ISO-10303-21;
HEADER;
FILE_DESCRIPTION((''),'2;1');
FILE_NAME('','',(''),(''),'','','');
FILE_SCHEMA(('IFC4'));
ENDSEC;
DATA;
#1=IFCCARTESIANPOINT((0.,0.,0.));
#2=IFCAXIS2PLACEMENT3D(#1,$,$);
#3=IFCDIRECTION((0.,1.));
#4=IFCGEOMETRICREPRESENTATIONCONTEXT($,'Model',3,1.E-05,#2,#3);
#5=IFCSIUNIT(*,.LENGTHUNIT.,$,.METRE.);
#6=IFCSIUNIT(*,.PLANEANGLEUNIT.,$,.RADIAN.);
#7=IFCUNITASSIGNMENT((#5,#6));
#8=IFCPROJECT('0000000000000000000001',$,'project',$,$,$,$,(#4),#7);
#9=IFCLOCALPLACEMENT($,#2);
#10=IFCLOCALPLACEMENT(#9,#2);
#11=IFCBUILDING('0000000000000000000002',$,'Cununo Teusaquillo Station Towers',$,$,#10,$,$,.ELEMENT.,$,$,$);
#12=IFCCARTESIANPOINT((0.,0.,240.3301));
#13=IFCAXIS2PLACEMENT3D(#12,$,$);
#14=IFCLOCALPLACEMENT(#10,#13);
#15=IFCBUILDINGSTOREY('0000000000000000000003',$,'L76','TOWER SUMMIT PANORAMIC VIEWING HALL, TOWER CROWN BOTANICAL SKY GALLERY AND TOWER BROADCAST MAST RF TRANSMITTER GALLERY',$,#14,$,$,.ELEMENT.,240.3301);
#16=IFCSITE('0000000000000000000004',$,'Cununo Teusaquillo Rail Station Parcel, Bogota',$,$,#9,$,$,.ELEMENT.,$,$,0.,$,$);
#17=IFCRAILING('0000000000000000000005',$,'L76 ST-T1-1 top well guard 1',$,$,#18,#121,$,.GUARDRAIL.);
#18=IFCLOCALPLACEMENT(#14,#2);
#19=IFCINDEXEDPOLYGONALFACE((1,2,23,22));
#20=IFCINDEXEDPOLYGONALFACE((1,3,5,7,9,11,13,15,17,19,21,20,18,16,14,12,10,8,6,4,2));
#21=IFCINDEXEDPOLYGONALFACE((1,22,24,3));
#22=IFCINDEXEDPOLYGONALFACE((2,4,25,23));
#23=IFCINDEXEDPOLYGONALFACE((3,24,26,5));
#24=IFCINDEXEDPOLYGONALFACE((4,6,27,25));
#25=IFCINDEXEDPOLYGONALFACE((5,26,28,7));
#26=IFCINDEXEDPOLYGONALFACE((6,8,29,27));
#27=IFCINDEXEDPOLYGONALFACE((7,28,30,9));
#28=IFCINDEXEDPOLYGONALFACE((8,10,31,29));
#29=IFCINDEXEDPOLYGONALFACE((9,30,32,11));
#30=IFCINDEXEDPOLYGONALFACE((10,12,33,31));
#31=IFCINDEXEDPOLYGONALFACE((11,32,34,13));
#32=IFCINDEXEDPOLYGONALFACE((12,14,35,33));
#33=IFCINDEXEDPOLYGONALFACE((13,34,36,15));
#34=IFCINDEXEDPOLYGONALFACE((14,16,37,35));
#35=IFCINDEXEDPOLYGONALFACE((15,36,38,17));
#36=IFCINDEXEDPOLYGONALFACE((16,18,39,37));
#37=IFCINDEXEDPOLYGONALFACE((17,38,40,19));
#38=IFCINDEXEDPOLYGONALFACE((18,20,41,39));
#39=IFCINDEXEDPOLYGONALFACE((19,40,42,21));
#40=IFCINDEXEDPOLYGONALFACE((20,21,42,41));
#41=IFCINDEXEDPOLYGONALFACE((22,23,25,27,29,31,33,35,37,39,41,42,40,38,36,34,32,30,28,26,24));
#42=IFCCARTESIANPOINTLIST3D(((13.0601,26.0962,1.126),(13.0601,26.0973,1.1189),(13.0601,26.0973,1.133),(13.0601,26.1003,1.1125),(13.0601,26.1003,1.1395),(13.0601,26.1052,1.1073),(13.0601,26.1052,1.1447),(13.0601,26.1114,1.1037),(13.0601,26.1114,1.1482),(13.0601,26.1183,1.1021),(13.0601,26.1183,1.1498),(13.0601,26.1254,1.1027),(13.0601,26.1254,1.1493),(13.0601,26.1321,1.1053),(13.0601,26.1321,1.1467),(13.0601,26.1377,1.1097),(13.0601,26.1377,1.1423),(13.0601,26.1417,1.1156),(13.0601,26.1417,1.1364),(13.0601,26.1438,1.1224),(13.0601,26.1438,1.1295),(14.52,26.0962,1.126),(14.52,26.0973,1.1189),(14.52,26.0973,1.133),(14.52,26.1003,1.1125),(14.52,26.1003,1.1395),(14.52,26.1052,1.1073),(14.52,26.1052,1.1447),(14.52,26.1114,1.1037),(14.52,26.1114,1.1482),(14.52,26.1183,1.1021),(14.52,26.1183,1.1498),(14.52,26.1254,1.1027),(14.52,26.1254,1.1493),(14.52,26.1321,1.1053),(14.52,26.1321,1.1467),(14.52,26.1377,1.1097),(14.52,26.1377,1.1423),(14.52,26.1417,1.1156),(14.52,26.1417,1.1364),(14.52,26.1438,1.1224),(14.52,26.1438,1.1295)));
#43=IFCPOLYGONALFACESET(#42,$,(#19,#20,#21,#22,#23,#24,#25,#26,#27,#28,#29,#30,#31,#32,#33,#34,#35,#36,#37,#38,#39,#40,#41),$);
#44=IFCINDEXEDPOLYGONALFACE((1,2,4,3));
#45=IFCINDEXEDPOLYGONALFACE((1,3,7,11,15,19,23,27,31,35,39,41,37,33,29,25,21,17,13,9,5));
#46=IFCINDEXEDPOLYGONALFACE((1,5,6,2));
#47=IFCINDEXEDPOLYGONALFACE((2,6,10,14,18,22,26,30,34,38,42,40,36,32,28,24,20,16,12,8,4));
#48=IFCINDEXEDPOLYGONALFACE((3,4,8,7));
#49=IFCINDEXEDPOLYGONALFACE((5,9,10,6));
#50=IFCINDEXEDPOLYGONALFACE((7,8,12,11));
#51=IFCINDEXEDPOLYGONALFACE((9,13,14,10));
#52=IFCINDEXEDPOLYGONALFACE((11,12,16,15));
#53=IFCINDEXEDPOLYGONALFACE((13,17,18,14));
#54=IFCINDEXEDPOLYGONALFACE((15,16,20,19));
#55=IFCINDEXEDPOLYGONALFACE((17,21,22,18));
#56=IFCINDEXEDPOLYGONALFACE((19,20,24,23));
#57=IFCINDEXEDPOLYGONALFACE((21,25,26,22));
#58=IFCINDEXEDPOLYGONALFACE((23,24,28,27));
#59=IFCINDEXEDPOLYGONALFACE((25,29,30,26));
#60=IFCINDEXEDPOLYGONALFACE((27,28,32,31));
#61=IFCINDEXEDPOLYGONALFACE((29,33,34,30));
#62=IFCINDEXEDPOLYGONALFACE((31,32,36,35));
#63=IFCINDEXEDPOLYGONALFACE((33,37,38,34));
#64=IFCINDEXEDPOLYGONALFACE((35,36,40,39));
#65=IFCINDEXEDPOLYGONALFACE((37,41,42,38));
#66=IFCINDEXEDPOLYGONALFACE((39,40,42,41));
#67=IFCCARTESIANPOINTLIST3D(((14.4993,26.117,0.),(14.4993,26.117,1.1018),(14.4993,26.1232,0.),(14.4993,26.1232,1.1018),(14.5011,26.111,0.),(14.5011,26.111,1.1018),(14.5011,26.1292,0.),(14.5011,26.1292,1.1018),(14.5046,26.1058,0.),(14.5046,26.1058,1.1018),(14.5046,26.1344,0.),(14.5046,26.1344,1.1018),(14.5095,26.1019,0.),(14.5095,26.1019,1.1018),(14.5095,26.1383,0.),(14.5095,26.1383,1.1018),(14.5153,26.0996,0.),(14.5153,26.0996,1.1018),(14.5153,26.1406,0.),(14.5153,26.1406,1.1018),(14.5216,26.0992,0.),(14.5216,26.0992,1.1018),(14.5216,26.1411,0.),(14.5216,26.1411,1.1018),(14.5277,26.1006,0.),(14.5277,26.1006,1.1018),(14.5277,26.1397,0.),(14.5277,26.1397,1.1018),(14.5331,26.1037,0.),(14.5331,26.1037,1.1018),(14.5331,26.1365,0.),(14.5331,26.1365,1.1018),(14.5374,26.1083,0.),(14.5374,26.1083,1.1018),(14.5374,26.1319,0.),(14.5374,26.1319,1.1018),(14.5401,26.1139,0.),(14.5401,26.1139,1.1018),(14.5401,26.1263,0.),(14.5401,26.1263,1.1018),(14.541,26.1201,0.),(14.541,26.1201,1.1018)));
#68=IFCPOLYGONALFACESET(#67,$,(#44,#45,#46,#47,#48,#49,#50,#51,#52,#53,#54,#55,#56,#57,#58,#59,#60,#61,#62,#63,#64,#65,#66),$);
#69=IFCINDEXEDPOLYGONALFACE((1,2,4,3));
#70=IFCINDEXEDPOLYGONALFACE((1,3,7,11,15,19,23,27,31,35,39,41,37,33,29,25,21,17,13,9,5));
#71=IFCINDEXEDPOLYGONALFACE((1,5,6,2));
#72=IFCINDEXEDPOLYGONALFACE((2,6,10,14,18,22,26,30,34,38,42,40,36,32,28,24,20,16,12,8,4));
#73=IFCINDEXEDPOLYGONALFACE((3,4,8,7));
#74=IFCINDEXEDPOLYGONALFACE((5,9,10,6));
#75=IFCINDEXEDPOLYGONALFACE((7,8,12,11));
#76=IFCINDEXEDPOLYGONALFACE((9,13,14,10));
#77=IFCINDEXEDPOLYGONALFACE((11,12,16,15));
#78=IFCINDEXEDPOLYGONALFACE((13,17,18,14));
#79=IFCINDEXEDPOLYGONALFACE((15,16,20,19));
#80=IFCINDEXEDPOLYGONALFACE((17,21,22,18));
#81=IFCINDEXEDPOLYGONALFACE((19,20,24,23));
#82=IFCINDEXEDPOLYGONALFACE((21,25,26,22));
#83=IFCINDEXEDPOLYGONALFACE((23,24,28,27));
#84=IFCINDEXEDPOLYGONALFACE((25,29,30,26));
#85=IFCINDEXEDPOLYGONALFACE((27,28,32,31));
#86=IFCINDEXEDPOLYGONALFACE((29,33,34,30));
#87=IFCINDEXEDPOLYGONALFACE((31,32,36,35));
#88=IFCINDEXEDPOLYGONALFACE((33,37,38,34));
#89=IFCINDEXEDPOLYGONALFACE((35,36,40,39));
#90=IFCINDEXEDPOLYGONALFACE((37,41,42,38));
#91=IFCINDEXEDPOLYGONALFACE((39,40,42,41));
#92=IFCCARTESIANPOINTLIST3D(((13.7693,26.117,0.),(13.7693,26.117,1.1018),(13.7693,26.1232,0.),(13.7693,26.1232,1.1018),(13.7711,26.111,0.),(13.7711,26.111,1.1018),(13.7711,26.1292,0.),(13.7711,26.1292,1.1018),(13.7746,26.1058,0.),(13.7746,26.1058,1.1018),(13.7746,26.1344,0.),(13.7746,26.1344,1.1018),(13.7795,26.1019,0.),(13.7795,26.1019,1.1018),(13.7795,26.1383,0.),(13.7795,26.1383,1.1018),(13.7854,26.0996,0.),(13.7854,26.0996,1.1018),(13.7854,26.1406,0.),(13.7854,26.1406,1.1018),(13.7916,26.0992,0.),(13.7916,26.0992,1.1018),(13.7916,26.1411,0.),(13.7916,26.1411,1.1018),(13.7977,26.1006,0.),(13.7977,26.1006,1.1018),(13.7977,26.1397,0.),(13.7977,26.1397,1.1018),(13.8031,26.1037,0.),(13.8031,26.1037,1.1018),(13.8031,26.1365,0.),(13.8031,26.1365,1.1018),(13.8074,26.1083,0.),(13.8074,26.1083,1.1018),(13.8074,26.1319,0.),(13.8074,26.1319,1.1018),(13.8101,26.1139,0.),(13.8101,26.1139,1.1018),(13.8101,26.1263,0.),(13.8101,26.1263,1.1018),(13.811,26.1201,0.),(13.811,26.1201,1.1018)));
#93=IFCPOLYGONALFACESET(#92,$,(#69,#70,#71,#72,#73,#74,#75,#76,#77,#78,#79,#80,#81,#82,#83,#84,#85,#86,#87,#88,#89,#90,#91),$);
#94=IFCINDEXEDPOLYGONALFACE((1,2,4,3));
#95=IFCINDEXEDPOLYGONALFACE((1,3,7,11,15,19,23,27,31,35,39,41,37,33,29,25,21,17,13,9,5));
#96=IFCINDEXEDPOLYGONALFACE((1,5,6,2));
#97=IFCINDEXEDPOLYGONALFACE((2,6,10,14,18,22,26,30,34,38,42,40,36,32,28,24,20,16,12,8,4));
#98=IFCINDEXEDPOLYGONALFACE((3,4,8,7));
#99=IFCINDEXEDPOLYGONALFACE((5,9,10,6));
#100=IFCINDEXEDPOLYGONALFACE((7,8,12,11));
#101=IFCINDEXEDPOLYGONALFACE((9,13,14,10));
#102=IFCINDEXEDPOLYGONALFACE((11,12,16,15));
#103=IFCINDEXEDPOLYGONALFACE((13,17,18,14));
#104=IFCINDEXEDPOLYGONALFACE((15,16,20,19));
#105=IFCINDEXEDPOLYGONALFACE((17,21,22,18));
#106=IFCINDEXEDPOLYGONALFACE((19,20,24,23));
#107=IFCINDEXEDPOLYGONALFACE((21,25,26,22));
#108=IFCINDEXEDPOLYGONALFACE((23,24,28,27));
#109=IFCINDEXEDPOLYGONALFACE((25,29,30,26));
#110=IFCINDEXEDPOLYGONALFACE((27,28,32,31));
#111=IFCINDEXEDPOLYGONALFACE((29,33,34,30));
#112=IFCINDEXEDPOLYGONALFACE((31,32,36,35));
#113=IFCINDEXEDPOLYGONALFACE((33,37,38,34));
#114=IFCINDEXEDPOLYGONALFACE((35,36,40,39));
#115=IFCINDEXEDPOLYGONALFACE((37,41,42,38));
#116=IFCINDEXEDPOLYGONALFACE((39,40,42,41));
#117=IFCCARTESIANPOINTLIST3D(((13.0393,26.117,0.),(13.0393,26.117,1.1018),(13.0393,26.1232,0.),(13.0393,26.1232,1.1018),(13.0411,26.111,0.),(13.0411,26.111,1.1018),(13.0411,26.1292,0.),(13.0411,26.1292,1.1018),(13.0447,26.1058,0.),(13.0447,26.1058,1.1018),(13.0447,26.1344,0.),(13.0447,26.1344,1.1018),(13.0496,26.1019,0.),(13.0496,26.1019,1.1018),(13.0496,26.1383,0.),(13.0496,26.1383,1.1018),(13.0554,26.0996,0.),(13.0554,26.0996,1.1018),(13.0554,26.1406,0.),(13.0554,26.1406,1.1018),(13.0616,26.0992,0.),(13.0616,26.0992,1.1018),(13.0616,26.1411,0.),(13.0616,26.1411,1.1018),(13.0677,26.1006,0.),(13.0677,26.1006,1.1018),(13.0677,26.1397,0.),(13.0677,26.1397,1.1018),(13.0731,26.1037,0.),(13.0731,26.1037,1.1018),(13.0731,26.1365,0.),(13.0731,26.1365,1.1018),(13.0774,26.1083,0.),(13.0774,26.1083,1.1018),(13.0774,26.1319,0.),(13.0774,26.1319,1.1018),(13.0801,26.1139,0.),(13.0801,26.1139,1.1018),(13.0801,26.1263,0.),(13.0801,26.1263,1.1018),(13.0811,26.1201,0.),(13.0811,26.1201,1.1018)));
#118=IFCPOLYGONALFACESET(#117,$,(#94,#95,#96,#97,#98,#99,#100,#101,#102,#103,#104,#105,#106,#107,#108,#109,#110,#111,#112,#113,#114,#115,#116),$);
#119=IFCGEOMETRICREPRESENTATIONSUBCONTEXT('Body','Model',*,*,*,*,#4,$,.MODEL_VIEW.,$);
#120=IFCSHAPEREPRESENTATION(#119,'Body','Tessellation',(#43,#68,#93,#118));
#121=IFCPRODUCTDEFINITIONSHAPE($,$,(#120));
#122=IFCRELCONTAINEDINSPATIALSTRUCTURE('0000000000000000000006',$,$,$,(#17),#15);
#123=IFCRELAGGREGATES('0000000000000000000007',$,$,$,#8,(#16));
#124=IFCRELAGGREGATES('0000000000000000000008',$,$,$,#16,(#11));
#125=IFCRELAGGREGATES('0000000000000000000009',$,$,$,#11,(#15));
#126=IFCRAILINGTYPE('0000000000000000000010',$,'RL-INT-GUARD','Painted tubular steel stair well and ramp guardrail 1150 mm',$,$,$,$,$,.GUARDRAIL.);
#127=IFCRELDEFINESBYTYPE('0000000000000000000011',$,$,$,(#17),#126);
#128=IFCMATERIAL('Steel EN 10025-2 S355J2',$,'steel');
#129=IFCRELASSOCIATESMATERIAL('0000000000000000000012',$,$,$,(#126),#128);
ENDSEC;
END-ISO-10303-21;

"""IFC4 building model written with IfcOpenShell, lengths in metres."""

from ifc_helpers import new_model, si_unit, direction, frame, origin, origin_2d, place, context, subcontext, project, spatial, circle, extrude, material, type_object, element, save


model = new_model("IFC4")

# Units and contexts
model_context = context("Model", 3, precision=1e-05, world=origin(), true_north=direction((0.0, 1.0)))
body_context = subcontext(model_context, "Body", "Model", "MODEL_VIEW")
ifc_project = project(units=[si_unit("LENGTHUNIT", "METRE"), si_unit("PLANEANGLEUNIT", "RADIAN")], contexts=[model_context])

# Site, building, storey
site_placement = place(None, origin())
site = spatial("IfcSite", under=ifc_project, at=site_placement, Name="Cununo Teusaquillo Rail Station Parcel, Bogota", CompositionType="ELEMENT", RefElevation=0.0)
building_placement = place(site_placement, origin())
building = spatial("IfcBuilding", under=site, at=building_placement, Name="Cununo Teusaquillo Station Towers", CompositionType="ELEMENT")
storey_placement = place(building_placement, frame((0.0, 0.0, 240.3301)))
storey = spatial("IfcBuildingStorey", under=building, at=storey_placement, Name="L76", Description="TOWER SUMMIT PANORAMIC VIEWING HALL, TOWER CROWN BOTANICAL SKY GALLERY AND TOWER BROADCAST MAST RF TRANSMITTER GALLERY", CompositionType="ELEMENT", Elevation=240.3301)

# Railing
ifc_material_1 = material(Name="Steel EN 10025-2 S355J2", Category="steel")
railing_type = type_object("IfcRailingType", Name="RL-INT-GUARD", Description="Painted tubular steel stair well and ramp guardrail 1150 mm", PredefinedType="GUARDRAIL", material=ifc_material_1)
railing_1_placement = place(storey_placement, frame((14.52, 26.1201, 0.0)))
element("IfcRailing", 1, at=railing_1_placement, inside=storey, type_object=railing_type, Name="L76 ST-T1-1 top well guard 1", PredefinedType="GUARDRAIL", context=body_context, shape_type="SweptSolid", body=[
    extrude(circle(Radius=0.0239, at=origin_2d()), frame((0.0, 0.0, 1.126), z_axis=(-1.0, 0.0, 0.0), x_axis=(0.0, -1.0, 0.0)), (0.0, 0.0, 1.0), 1.46),
    extrude(circle(Radius=0.021, at=origin_2d()), origin(), (0.0, 0.0, 1.0), 1.1018),
    extrude(circle(Radius=0.021, at=origin_2d()), frame((-0.73, 0.0, 0.0)), (0.0, 0.0, 1.0), 1.1018),
    extrude(circle(Radius=0.021, at=origin_2d()), frame((-1.46, 0.0, 0.0)), (0.0, 0.0, 1.0), 1.1018),
])

save(model, "model.ifc")
